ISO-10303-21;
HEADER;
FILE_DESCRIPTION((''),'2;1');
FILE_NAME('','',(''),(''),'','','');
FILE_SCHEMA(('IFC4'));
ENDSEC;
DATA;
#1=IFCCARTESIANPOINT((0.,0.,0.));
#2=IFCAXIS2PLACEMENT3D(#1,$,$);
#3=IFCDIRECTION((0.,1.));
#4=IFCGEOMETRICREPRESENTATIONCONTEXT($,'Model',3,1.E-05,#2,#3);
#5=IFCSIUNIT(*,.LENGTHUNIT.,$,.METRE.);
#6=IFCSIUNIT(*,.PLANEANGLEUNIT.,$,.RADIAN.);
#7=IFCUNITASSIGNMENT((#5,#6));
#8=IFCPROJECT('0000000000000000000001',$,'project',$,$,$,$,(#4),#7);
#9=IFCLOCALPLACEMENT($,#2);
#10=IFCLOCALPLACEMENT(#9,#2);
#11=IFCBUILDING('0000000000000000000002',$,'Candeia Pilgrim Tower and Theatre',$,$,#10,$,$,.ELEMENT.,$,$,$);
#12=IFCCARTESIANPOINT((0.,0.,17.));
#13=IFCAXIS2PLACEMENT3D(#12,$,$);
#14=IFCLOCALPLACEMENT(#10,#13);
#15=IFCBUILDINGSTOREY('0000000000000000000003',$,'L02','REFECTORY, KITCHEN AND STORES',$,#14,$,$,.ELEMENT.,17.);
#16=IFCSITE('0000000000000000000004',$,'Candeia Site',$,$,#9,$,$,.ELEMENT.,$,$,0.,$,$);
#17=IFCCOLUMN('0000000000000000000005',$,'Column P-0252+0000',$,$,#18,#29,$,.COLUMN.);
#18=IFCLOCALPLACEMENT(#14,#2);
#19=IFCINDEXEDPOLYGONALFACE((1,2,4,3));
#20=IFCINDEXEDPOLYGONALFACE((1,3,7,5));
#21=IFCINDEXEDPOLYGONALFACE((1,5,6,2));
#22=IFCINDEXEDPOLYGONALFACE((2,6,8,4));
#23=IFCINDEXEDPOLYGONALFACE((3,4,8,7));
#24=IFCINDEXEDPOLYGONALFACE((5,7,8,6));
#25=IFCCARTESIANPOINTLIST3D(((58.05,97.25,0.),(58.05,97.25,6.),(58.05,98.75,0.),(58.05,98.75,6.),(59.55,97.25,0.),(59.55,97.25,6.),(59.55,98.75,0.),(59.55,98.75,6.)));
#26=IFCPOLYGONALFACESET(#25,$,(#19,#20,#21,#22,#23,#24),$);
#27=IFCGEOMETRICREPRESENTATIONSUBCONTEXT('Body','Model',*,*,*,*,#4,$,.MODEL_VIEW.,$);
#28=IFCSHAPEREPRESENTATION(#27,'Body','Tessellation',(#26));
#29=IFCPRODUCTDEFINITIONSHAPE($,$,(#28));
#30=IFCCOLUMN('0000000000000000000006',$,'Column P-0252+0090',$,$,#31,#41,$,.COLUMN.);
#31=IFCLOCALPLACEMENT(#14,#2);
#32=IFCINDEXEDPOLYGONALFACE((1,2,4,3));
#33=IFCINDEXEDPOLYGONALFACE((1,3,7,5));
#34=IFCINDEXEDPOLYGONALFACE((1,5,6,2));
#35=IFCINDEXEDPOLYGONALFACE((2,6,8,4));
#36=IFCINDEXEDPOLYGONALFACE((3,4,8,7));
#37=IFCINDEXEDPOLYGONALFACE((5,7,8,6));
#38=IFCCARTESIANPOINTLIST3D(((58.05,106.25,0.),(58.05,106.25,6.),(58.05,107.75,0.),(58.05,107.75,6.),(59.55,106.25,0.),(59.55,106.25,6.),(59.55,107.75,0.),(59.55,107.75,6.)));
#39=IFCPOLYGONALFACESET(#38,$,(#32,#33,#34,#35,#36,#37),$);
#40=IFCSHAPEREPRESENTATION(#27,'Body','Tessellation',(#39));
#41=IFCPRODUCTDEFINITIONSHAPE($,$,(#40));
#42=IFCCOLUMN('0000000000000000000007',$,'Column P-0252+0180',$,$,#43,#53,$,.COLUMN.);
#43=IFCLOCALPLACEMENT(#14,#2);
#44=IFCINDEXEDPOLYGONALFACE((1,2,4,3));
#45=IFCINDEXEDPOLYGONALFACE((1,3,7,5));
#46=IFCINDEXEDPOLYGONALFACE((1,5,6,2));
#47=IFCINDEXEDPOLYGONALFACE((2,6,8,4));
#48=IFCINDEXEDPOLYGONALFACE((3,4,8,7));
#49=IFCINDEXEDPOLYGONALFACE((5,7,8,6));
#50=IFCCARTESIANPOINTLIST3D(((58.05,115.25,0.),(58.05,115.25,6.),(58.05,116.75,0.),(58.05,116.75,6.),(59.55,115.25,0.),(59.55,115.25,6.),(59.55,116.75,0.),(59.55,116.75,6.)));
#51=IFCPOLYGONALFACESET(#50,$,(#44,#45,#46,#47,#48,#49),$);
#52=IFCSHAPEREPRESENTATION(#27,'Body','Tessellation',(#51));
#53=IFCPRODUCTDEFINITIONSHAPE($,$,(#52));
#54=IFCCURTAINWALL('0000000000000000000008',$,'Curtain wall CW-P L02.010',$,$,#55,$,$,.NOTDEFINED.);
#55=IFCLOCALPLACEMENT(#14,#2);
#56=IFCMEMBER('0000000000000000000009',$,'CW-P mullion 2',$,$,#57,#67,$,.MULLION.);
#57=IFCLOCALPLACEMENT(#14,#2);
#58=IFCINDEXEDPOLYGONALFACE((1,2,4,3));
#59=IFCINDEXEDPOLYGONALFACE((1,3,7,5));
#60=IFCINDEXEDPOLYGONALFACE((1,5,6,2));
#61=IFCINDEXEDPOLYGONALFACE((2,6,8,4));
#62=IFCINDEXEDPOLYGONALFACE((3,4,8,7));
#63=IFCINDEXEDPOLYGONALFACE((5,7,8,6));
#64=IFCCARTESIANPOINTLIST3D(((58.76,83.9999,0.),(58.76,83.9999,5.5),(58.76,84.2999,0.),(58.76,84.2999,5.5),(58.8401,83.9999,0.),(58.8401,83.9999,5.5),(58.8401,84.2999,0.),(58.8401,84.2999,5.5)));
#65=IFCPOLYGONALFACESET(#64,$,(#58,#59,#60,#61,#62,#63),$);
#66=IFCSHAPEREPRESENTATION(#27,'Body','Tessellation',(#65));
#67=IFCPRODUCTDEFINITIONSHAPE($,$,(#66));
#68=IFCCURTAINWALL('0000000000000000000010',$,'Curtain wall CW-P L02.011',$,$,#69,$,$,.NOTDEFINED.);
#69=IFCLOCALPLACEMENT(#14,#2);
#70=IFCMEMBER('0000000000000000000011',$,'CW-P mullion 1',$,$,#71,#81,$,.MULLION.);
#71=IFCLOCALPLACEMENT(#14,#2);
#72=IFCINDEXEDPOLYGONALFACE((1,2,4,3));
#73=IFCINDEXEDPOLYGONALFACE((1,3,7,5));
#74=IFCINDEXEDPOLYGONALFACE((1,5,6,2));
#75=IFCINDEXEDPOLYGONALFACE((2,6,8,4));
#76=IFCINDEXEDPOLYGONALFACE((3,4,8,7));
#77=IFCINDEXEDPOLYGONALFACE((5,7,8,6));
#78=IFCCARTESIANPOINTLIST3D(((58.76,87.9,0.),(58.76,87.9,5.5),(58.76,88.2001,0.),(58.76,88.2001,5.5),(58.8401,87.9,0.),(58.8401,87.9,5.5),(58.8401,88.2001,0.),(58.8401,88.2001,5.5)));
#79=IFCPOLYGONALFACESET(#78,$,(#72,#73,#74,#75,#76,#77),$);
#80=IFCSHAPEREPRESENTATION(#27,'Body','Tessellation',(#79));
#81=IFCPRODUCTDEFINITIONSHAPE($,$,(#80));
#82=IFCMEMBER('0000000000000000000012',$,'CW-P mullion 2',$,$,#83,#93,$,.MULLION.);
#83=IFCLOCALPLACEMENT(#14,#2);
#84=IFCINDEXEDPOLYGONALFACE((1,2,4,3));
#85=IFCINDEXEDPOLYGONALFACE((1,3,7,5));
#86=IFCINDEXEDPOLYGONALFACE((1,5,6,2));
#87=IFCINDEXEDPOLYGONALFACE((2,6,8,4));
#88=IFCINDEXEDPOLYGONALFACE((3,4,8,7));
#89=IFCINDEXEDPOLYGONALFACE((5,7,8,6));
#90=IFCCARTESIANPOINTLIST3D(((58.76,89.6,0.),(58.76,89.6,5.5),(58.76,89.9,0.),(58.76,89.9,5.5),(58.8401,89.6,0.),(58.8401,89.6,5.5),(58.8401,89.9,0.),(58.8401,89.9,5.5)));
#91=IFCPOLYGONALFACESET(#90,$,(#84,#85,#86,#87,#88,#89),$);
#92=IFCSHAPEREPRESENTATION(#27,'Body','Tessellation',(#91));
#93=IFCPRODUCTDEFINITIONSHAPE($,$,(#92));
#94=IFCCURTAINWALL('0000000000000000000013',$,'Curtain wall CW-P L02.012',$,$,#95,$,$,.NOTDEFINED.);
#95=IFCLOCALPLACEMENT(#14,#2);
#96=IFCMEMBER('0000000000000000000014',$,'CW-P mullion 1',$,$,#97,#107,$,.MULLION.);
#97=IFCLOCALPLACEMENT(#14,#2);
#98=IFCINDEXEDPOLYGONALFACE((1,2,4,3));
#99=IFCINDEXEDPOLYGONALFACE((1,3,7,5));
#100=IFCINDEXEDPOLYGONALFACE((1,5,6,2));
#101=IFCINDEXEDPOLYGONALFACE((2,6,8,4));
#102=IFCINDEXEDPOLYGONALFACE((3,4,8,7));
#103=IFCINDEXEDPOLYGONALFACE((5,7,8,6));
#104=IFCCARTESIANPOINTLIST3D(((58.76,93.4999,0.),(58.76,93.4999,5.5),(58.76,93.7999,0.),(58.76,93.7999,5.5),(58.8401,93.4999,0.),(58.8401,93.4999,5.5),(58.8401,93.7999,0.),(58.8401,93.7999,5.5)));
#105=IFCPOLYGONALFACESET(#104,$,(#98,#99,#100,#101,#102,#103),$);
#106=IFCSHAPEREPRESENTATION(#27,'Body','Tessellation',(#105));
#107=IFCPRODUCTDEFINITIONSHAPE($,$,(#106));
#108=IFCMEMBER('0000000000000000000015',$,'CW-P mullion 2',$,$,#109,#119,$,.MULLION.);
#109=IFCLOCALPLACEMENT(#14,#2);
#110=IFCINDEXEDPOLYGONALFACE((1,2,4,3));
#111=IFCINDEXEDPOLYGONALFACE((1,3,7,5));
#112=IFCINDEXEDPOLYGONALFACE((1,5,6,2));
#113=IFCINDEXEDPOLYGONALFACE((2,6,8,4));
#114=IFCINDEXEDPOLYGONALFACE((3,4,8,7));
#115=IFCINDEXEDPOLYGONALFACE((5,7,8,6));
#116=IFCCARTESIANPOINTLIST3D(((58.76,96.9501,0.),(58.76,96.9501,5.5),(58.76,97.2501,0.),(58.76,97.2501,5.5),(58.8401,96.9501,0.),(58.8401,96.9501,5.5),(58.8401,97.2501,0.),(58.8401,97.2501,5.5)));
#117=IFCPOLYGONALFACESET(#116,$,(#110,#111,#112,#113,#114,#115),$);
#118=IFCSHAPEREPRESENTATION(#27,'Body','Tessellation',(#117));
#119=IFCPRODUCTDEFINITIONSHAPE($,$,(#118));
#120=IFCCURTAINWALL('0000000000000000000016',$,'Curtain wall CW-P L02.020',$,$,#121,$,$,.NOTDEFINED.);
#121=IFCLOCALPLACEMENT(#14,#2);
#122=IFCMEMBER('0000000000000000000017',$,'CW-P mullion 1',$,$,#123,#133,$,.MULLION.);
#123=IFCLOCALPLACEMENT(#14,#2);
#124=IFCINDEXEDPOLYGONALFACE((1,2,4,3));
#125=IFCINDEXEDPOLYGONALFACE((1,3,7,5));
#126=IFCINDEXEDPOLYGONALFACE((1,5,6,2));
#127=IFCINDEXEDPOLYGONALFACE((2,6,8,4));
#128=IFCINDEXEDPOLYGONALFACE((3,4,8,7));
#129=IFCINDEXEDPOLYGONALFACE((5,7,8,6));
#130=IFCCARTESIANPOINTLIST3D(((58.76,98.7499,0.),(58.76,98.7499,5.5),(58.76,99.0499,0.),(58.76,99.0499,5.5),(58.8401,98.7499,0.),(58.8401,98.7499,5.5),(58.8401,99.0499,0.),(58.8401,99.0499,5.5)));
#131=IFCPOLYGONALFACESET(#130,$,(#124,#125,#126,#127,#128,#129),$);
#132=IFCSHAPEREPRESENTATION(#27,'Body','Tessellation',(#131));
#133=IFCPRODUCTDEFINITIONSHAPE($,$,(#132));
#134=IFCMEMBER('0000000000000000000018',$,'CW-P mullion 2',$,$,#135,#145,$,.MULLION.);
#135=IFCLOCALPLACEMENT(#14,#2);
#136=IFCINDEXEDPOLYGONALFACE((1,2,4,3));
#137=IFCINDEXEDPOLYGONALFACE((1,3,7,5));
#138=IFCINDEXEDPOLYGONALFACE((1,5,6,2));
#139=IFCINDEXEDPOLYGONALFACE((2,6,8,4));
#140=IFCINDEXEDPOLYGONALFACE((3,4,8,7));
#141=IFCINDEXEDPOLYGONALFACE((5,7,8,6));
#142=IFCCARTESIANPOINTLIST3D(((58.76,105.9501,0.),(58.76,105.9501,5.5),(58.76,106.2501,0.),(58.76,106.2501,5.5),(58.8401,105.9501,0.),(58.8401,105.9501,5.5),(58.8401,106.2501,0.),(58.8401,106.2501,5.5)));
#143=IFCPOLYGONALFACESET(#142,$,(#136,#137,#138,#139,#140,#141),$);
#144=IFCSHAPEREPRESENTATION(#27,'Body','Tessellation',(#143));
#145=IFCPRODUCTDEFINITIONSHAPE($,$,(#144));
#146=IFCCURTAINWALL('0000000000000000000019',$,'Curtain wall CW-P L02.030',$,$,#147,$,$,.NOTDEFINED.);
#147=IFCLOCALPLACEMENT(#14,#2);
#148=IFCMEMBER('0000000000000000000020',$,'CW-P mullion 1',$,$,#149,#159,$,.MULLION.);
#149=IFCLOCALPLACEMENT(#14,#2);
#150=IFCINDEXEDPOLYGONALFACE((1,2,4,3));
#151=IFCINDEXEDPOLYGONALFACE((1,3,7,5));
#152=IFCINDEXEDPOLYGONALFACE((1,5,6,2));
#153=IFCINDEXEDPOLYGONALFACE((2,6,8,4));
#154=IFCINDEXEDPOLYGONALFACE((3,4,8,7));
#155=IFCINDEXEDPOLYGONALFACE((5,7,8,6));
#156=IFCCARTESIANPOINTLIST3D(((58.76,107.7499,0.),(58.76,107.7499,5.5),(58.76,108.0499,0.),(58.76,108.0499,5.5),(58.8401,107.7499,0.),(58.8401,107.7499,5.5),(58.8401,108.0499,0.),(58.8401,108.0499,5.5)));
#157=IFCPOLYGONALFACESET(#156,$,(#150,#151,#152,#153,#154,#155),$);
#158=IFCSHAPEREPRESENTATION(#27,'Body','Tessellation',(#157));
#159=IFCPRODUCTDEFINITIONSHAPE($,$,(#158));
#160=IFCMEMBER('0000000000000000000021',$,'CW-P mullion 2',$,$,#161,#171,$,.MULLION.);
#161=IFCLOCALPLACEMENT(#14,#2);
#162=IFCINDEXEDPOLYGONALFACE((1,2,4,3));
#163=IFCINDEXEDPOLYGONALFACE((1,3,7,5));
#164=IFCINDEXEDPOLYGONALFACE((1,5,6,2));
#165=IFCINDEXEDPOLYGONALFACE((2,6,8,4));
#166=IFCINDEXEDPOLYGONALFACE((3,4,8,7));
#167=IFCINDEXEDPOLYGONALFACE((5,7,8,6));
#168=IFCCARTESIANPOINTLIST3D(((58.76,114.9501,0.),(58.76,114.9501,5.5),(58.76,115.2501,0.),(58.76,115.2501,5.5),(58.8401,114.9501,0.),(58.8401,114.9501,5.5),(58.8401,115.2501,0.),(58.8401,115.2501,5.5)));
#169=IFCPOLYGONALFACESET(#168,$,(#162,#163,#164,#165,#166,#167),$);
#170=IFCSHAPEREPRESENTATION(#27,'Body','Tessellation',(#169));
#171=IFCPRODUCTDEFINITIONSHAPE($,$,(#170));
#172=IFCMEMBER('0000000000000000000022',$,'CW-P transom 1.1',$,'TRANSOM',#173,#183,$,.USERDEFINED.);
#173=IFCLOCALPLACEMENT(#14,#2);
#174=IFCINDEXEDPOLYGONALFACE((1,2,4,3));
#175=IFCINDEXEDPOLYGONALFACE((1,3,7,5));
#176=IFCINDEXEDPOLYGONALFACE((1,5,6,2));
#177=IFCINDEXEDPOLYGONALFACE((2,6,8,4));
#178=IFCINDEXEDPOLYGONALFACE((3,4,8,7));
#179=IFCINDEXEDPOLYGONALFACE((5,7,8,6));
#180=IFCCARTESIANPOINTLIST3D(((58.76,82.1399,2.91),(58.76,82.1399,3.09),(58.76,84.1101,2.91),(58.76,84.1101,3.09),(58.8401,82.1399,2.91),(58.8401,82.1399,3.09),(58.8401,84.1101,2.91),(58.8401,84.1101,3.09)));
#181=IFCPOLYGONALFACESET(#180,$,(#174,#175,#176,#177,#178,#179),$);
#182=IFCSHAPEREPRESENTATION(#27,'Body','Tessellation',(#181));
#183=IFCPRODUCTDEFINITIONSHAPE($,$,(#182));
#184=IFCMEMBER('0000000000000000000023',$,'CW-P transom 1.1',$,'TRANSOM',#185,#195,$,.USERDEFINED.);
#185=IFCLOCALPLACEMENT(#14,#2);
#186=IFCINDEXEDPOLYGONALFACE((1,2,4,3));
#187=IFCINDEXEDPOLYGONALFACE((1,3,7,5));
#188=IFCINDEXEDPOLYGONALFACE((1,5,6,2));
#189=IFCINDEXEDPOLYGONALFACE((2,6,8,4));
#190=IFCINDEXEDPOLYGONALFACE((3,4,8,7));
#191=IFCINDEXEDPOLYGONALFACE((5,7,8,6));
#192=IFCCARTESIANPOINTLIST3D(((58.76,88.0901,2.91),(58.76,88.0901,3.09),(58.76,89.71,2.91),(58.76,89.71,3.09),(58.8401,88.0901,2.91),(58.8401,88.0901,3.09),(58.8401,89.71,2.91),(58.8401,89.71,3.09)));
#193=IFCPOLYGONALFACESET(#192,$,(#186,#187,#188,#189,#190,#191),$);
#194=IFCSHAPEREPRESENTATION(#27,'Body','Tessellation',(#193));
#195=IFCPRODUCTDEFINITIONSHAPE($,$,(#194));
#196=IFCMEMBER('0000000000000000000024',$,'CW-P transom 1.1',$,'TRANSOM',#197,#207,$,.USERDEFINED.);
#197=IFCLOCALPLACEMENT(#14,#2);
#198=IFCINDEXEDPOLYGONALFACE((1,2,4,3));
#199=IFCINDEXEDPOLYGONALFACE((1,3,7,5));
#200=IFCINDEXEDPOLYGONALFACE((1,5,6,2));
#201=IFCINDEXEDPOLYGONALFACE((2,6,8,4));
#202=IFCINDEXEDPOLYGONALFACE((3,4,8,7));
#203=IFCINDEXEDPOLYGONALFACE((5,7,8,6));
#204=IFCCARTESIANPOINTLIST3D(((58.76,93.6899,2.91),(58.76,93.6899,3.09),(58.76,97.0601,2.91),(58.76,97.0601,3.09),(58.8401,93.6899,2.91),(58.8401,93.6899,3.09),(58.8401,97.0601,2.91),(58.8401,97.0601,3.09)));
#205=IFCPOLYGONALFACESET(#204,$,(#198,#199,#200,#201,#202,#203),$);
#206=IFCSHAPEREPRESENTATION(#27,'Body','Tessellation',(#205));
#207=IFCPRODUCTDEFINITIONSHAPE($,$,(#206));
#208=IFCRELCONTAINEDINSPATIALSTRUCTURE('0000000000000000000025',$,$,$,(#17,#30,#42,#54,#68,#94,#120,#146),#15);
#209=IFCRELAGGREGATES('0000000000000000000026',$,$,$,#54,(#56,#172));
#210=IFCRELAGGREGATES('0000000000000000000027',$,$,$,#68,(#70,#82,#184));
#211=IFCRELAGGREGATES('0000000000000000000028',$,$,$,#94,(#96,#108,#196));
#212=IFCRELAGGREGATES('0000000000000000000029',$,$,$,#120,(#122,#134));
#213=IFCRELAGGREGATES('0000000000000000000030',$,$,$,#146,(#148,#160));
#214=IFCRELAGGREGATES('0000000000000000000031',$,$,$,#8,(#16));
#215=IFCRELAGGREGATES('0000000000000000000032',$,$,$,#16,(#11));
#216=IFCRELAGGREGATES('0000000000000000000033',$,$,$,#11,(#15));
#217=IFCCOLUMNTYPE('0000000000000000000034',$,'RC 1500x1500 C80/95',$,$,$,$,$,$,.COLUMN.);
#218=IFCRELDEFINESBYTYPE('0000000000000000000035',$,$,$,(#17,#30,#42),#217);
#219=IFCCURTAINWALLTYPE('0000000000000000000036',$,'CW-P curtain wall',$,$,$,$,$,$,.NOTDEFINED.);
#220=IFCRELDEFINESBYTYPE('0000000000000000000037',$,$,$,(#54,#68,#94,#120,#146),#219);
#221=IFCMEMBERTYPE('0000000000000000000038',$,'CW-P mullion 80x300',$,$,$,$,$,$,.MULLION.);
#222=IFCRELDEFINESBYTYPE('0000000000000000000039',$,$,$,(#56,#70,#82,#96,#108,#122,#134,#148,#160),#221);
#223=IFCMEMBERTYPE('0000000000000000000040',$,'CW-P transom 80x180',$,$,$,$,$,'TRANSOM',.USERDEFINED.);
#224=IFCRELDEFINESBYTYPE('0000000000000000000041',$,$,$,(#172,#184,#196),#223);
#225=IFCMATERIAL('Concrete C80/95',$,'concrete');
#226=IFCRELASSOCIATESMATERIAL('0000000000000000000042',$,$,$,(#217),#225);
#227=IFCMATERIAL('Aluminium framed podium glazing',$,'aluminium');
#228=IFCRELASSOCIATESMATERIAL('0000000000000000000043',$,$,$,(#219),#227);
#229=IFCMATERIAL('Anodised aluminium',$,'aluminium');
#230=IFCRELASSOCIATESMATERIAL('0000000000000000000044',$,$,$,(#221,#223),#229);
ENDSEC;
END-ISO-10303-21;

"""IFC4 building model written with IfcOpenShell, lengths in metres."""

from ifc_helpers import new_model, si_unit, direction, frame, origin, origin_2d, place, context, subcontext, project, spatial, rectangle, extrude, material, material_profile, profile_set, type_object, element, aggregate, save


model = new_model("IFC4")

# Units and contexts
model_context = context("Model", 3, precision=1e-05, world=origin(), true_north=direction((0.0, 1.0)))
body_context = subcontext(model_context, "Body", "Model", "MODEL_VIEW")
ifc_project = project(units=[si_unit("LENGTHUNIT", "METRE"), si_unit("PLANEANGLEUNIT", "RADIAN")], contexts=[model_context])

# Site, building, storey
site_placement = place(None, origin())
site = spatial("IfcSite", under=ifc_project, at=site_placement, Name="Candeia Site", CompositionType="ELEMENT", RefElevation=0.0)
building_placement = place(site_placement, origin())
building = spatial("IfcBuilding", under=site, at=building_placement, Name="Candeia Pilgrim Tower and Theatre", CompositionType="ELEMENT")
storey_placement = place(building_placement, frame((0.0, 0.0, 17.0)))
storey = spatial("IfcBuildingStorey", under=building, at=storey_placement, Name="L02", Description="REFECTORY, KITCHEN AND STORES", CompositionType="ELEMENT", Elevation=17.0)

# Columns
ifc_material_1 = material(Name="Concrete C80/95", Category="concrete")
ifc_material_profile_1 = material_profile(ifc_material_1, rectangle(XDim=1.5, YDim=1.5, at=origin_2d()))
ifc_profile_set_1 = profile_set([ifc_material_profile_1], Name="Concrete C80/95")
column_type = type_object("IfcColumnType", Name="RC 1500x1500 C80/95", PredefinedType="COLUMN", material=ifc_profile_set_1)
for number, where, z_axis, x_axis, name in (
    (1, (58.8, 98.0, 0.0), (0.0, 0.0, 1.0), (1.0, 0.0, 0.0), "Column P-0252+0000"),
    (2, (58.8, 107.0, 0.0), (0.0, 0.0, 1.0), (1.0, 0.0, 0.0), "Column P-0252+0090"),
    (3, (58.8, 116.0, 0.0), (0.0, 0.0, 1.0), (1.0, 0.0, 0.0), "Column P-0252+0180"),
):
    element("IfcColumn", number, at=place(storey_placement, frame(where, z_axis=z_axis, x_axis=x_axis)), inside=storey, type_object=column_type, Name=name, PredefinedType="COLUMN", context=body_context, shape_type="SweptSolid", body=[
        extrude(rectangle(XDim=1.5, YDim=1.5, at=origin_2d()), origin(), (0.0, 0.0, 1.0), 6.0),
    ])

# Curtain wall, member
ifc_material_2 = material(Name="Aluminium framed podium glazing", Category="aluminium")
curtain_wall_type = type_object("IfcCurtainWallType", Name="CW-P curtain wall", PredefinedType="NOTDEFINED", material=ifc_material_2)
curtain_wall_1_placement = place(storey_placement, origin())
curtain_wall_1 = element("IfcCurtainWall", 4, at=curtain_wall_1_placement, inside=storey, type_object=curtain_wall_type, Name="Curtain wall CW-P L02.010", PredefinedType="NOTDEFINED")
ifc_material_3 = material(Name="Anodised aluminium", Category="aluminium")
ifc_material_profile_2 = material_profile(ifc_material_3, rectangle(XDim=0.0801, YDim=0.3, at=origin_2d()))
ifc_profile_set_2 = profile_set([ifc_material_profile_2], Name="Anodised aluminium")
member_type_1 = type_object("IfcMemberType", Name="CW-P mullion 80x300", PredefinedType="MULLION", material=ifc_profile_set_2)
member_1_placement = place(storey_placement, frame((58.8, 84.1499, 0.0), z_axis=(0.0, 0.0, 1.0), x_axis=(-1.0, 0.0, 0.0)))
member_1 = element("IfcMember", 5, at=member_1_placement, type_object=member_type_1, Name="CW-P mullion 2", PredefinedType="MULLION", context=body_context, shape_type="SweptSolid", body=[
    extrude(rectangle(XDim=0.0801, YDim=0.3, at=origin_2d()), origin(), (0.0, 0.0, 1.0), 5.5),
])

# Curtain walls, members
curtain_wall_2_placement = place(storey_placement, origin())
curtain_wall_2 = element("IfcCurtainWall", 6, at=curtain_wall_2_placement, inside=storey, type_object=curtain_wall_type, Name="Curtain wall CW-P L02.011", PredefinedType="NOTDEFINED")
member_2_placement = place(storey_placement, frame((58.8, 88.05, 0.0), z_axis=(0.0, 0.0, 1.0), x_axis=(-1.0, 0.0, 0.0)))
member_2 = element("IfcMember", 7, at=member_2_placement, type_object=member_type_1, Name="CW-P mullion 1", PredefinedType="MULLION", context=body_context, shape_type="SweptSolid", body=[
    extrude(rectangle(XDim=0.0801, YDim=0.3, at=origin_2d()), origin(), (0.0, 0.0, 1.0), 5.5),
])
member_3_placement = place(storey_placement, frame((58.8, 89.75, 0.0), z_axis=(0.0, 0.0, 1.0), x_axis=(-1.0, 0.0, 0.0)))
member_3 = element("IfcMember", 8, at=member_3_placement, type_object=member_type_1, Name="CW-P mullion 2", PredefinedType="MULLION", context=body_context, shape_type="SweptSolid", body=[
    extrude(rectangle(XDim=0.0801, YDim=0.3, at=origin_2d()), origin(), (0.0, 0.0, 1.0), 5.5),
])
curtain_wall_3_placement = place(storey_placement, origin())
curtain_wall_3 = element("IfcCurtainWall", 9, at=curtain_wall_3_placement, inside=storey, type_object=curtain_wall_type, Name="Curtain wall CW-P L02.012", PredefinedType="NOTDEFINED")
member_4_placement = place(storey_placement, frame((58.8, 93.6499, 0.0), z_axis=(0.0, 0.0, 1.0), x_axis=(-1.0, 0.0, 0.0)))
member_4 = element("IfcMember", 10, at=member_4_placement, type_object=member_type_1, Name="CW-P mullion 1", PredefinedType="MULLION", context=body_context, shape_type="SweptSolid", body=[
    extrude(rectangle(XDim=0.0801, YDim=0.3, at=origin_2d()), origin(), (0.0, 0.0, 1.0), 5.5),
])
member_5_placement = place(storey_placement, frame((58.8, 97.1001, 0.0), z_axis=(0.0, 0.0, 1.0), x_axis=(-1.0, 0.0, 0.0)))
member_5 = element("IfcMember", 11, at=member_5_placement, type_object=member_type_1, Name="CW-P mullion 2", PredefinedType="MULLION", context=body_context, shape_type="SweptSolid", body=[
    extrude(rectangle(XDim=0.0801, YDim=0.3, at=origin_2d()), origin(), (0.0, 0.0, 1.0), 5.5),
])
curtain_wall_4_placement = place(storey_placement, origin())
curtain_wall_4 = element("IfcCurtainWall", 12, at=curtain_wall_4_placement, inside=storey, type_object=curtain_wall_type, Name="Curtain wall CW-P L02.020", PredefinedType="NOTDEFINED")
member_6_placement = place(storey_placement, frame((58.8, 98.8999, 0.0), z_axis=(0.0, 0.0, 1.0), x_axis=(-1.0, 0.0, 0.0)))
member_6 = element("IfcMember", 13, at=member_6_placement, type_object=member_type_1, Name="CW-P mullion 1", PredefinedType="MULLION", context=body_context, shape_type="SweptSolid", body=[
    extrude(rectangle(XDim=0.0801, YDim=0.3, at=origin_2d()), origin(), (0.0, 0.0, 1.0), 5.5),
])
member_7_placement = place(storey_placement, frame((58.8, 106.1001, 0.0), z_axis=(0.0, 0.0, 1.0), x_axis=(-1.0, 0.0, 0.0)))
member_7 = element("IfcMember", 14, at=member_7_placement, type_object=member_type_1, Name="CW-P mullion 2", PredefinedType="MULLION", context=body_context, shape_type="SweptSolid", body=[
    extrude(rectangle(XDim=0.0801, YDim=0.3, at=origin_2d()), origin(), (0.0, 0.0, 1.0), 5.5),
])
curtain_wall_5_placement = place(storey_placement, origin())
curtain_wall_5 = element("IfcCurtainWall", 15, at=curtain_wall_5_placement, inside=storey, type_object=curtain_wall_type, Name="Curtain wall CW-P L02.030", PredefinedType="NOTDEFINED")
member_8_placement = place(storey_placement, frame((58.8, 107.8999, 0.0), z_axis=(0.0, 0.0, 1.0), x_axis=(-1.0, 0.0, 0.0)))
member_8 = element("IfcMember", 16, at=member_8_placement, type_object=member_type_1, Name="CW-P mullion 1", PredefinedType="MULLION", context=body_context, shape_type="SweptSolid", body=[
    extrude(rectangle(XDim=0.0801, YDim=0.3, at=origin_2d()), origin(), (0.0, 0.0, 1.0), 5.5),
])
member_9_placement = place(storey_placement, frame((58.8, 115.1001, 0.0), z_axis=(0.0, 0.0, 1.0), x_axis=(-1.0, 0.0, 0.0)))
member_9 = element("IfcMember", 17, at=member_9_placement, type_object=member_type_1, Name="CW-P mullion 2", PredefinedType="MULLION", context=body_context, shape_type="SweptSolid", body=[
    extrude(rectangle(XDim=0.0801, YDim=0.3, at=origin_2d()), origin(), (0.0, 0.0, 1.0), 5.5),
])

# Members
ifc_material_profile_3 = material_profile(ifc_material_3, rectangle(XDim=0.0801, YDim=0.1799, at=origin_2d()))
ifc_profile_set_3 = profile_set([ifc_material_profile_3], Name="Anodised aluminium")
member_type_2 = type_object("IfcMemberType", Name="CW-P transom 80x180", ElementType="TRANSOM", PredefinedType="USERDEFINED", material=ifc_profile_set_3)
member_10_placement = place(storey_placement, frame((58.8, 82.1399, 3.0), z_axis=(0.0, 1.0, 0.0), x_axis=(-1.0, 0.0, 0.0)))
member_10 = element("IfcMember", 18, at=member_10_placement, type_object=member_type_2, Name="CW-P transom 1.1", ObjectType="TRANSOM", PredefinedType="USERDEFINED", context=body_context, shape_type="SweptSolid", body=[
    extrude(rectangle(XDim=0.0801, YDim=0.1799, at=origin_2d()), origin(), (0.0, 0.0, 1.0), 1.9702),
])
member_11_placement = place(storey_placement, frame((58.8, 88.0901, 3.0), z_axis=(0.0, 1.0, 0.0), x_axis=(-1.0, 0.0, 0.0)))
member_11 = element("IfcMember", 19, at=member_11_placement, type_object=member_type_2, Name="CW-P transom 1.1", ObjectType="TRANSOM", PredefinedType="USERDEFINED", context=body_context, shape_type="SweptSolid", body=[
    extrude(rectangle(XDim=0.0801, YDim=0.1799, at=origin_2d()), origin(), (0.0, 0.0, 1.0), 1.6199),
])
member_12_placement = place(storey_placement, frame((58.8, 93.6899, 3.0), z_axis=(0.0, 1.0, 0.0), x_axis=(-1.0, 0.0, 0.0)))
member_12 = element("IfcMember", 20, at=member_12_placement, type_object=member_type_2, Name="CW-P transom 1.1", ObjectType="TRANSOM", PredefinedType="USERDEFINED", context=body_context, shape_type="SweptSolid", body=[
    extrude(rectangle(XDim=0.0801, YDim=0.1799, at=origin_2d()), origin(), (0.0, 0.0, 1.0), 3.3701),
])

aggregate(curtain_wall_1, [member_1, member_10])
aggregate(curtain_wall_2, [member_2, member_3, member_11])
aggregate(curtain_wall_3, [member_4, member_5, member_12])
aggregate(curtain_wall_4, [member_6, member_7])
aggregate(curtain_wall_5, [member_8, member_9])

save(model, "model.ifc")
